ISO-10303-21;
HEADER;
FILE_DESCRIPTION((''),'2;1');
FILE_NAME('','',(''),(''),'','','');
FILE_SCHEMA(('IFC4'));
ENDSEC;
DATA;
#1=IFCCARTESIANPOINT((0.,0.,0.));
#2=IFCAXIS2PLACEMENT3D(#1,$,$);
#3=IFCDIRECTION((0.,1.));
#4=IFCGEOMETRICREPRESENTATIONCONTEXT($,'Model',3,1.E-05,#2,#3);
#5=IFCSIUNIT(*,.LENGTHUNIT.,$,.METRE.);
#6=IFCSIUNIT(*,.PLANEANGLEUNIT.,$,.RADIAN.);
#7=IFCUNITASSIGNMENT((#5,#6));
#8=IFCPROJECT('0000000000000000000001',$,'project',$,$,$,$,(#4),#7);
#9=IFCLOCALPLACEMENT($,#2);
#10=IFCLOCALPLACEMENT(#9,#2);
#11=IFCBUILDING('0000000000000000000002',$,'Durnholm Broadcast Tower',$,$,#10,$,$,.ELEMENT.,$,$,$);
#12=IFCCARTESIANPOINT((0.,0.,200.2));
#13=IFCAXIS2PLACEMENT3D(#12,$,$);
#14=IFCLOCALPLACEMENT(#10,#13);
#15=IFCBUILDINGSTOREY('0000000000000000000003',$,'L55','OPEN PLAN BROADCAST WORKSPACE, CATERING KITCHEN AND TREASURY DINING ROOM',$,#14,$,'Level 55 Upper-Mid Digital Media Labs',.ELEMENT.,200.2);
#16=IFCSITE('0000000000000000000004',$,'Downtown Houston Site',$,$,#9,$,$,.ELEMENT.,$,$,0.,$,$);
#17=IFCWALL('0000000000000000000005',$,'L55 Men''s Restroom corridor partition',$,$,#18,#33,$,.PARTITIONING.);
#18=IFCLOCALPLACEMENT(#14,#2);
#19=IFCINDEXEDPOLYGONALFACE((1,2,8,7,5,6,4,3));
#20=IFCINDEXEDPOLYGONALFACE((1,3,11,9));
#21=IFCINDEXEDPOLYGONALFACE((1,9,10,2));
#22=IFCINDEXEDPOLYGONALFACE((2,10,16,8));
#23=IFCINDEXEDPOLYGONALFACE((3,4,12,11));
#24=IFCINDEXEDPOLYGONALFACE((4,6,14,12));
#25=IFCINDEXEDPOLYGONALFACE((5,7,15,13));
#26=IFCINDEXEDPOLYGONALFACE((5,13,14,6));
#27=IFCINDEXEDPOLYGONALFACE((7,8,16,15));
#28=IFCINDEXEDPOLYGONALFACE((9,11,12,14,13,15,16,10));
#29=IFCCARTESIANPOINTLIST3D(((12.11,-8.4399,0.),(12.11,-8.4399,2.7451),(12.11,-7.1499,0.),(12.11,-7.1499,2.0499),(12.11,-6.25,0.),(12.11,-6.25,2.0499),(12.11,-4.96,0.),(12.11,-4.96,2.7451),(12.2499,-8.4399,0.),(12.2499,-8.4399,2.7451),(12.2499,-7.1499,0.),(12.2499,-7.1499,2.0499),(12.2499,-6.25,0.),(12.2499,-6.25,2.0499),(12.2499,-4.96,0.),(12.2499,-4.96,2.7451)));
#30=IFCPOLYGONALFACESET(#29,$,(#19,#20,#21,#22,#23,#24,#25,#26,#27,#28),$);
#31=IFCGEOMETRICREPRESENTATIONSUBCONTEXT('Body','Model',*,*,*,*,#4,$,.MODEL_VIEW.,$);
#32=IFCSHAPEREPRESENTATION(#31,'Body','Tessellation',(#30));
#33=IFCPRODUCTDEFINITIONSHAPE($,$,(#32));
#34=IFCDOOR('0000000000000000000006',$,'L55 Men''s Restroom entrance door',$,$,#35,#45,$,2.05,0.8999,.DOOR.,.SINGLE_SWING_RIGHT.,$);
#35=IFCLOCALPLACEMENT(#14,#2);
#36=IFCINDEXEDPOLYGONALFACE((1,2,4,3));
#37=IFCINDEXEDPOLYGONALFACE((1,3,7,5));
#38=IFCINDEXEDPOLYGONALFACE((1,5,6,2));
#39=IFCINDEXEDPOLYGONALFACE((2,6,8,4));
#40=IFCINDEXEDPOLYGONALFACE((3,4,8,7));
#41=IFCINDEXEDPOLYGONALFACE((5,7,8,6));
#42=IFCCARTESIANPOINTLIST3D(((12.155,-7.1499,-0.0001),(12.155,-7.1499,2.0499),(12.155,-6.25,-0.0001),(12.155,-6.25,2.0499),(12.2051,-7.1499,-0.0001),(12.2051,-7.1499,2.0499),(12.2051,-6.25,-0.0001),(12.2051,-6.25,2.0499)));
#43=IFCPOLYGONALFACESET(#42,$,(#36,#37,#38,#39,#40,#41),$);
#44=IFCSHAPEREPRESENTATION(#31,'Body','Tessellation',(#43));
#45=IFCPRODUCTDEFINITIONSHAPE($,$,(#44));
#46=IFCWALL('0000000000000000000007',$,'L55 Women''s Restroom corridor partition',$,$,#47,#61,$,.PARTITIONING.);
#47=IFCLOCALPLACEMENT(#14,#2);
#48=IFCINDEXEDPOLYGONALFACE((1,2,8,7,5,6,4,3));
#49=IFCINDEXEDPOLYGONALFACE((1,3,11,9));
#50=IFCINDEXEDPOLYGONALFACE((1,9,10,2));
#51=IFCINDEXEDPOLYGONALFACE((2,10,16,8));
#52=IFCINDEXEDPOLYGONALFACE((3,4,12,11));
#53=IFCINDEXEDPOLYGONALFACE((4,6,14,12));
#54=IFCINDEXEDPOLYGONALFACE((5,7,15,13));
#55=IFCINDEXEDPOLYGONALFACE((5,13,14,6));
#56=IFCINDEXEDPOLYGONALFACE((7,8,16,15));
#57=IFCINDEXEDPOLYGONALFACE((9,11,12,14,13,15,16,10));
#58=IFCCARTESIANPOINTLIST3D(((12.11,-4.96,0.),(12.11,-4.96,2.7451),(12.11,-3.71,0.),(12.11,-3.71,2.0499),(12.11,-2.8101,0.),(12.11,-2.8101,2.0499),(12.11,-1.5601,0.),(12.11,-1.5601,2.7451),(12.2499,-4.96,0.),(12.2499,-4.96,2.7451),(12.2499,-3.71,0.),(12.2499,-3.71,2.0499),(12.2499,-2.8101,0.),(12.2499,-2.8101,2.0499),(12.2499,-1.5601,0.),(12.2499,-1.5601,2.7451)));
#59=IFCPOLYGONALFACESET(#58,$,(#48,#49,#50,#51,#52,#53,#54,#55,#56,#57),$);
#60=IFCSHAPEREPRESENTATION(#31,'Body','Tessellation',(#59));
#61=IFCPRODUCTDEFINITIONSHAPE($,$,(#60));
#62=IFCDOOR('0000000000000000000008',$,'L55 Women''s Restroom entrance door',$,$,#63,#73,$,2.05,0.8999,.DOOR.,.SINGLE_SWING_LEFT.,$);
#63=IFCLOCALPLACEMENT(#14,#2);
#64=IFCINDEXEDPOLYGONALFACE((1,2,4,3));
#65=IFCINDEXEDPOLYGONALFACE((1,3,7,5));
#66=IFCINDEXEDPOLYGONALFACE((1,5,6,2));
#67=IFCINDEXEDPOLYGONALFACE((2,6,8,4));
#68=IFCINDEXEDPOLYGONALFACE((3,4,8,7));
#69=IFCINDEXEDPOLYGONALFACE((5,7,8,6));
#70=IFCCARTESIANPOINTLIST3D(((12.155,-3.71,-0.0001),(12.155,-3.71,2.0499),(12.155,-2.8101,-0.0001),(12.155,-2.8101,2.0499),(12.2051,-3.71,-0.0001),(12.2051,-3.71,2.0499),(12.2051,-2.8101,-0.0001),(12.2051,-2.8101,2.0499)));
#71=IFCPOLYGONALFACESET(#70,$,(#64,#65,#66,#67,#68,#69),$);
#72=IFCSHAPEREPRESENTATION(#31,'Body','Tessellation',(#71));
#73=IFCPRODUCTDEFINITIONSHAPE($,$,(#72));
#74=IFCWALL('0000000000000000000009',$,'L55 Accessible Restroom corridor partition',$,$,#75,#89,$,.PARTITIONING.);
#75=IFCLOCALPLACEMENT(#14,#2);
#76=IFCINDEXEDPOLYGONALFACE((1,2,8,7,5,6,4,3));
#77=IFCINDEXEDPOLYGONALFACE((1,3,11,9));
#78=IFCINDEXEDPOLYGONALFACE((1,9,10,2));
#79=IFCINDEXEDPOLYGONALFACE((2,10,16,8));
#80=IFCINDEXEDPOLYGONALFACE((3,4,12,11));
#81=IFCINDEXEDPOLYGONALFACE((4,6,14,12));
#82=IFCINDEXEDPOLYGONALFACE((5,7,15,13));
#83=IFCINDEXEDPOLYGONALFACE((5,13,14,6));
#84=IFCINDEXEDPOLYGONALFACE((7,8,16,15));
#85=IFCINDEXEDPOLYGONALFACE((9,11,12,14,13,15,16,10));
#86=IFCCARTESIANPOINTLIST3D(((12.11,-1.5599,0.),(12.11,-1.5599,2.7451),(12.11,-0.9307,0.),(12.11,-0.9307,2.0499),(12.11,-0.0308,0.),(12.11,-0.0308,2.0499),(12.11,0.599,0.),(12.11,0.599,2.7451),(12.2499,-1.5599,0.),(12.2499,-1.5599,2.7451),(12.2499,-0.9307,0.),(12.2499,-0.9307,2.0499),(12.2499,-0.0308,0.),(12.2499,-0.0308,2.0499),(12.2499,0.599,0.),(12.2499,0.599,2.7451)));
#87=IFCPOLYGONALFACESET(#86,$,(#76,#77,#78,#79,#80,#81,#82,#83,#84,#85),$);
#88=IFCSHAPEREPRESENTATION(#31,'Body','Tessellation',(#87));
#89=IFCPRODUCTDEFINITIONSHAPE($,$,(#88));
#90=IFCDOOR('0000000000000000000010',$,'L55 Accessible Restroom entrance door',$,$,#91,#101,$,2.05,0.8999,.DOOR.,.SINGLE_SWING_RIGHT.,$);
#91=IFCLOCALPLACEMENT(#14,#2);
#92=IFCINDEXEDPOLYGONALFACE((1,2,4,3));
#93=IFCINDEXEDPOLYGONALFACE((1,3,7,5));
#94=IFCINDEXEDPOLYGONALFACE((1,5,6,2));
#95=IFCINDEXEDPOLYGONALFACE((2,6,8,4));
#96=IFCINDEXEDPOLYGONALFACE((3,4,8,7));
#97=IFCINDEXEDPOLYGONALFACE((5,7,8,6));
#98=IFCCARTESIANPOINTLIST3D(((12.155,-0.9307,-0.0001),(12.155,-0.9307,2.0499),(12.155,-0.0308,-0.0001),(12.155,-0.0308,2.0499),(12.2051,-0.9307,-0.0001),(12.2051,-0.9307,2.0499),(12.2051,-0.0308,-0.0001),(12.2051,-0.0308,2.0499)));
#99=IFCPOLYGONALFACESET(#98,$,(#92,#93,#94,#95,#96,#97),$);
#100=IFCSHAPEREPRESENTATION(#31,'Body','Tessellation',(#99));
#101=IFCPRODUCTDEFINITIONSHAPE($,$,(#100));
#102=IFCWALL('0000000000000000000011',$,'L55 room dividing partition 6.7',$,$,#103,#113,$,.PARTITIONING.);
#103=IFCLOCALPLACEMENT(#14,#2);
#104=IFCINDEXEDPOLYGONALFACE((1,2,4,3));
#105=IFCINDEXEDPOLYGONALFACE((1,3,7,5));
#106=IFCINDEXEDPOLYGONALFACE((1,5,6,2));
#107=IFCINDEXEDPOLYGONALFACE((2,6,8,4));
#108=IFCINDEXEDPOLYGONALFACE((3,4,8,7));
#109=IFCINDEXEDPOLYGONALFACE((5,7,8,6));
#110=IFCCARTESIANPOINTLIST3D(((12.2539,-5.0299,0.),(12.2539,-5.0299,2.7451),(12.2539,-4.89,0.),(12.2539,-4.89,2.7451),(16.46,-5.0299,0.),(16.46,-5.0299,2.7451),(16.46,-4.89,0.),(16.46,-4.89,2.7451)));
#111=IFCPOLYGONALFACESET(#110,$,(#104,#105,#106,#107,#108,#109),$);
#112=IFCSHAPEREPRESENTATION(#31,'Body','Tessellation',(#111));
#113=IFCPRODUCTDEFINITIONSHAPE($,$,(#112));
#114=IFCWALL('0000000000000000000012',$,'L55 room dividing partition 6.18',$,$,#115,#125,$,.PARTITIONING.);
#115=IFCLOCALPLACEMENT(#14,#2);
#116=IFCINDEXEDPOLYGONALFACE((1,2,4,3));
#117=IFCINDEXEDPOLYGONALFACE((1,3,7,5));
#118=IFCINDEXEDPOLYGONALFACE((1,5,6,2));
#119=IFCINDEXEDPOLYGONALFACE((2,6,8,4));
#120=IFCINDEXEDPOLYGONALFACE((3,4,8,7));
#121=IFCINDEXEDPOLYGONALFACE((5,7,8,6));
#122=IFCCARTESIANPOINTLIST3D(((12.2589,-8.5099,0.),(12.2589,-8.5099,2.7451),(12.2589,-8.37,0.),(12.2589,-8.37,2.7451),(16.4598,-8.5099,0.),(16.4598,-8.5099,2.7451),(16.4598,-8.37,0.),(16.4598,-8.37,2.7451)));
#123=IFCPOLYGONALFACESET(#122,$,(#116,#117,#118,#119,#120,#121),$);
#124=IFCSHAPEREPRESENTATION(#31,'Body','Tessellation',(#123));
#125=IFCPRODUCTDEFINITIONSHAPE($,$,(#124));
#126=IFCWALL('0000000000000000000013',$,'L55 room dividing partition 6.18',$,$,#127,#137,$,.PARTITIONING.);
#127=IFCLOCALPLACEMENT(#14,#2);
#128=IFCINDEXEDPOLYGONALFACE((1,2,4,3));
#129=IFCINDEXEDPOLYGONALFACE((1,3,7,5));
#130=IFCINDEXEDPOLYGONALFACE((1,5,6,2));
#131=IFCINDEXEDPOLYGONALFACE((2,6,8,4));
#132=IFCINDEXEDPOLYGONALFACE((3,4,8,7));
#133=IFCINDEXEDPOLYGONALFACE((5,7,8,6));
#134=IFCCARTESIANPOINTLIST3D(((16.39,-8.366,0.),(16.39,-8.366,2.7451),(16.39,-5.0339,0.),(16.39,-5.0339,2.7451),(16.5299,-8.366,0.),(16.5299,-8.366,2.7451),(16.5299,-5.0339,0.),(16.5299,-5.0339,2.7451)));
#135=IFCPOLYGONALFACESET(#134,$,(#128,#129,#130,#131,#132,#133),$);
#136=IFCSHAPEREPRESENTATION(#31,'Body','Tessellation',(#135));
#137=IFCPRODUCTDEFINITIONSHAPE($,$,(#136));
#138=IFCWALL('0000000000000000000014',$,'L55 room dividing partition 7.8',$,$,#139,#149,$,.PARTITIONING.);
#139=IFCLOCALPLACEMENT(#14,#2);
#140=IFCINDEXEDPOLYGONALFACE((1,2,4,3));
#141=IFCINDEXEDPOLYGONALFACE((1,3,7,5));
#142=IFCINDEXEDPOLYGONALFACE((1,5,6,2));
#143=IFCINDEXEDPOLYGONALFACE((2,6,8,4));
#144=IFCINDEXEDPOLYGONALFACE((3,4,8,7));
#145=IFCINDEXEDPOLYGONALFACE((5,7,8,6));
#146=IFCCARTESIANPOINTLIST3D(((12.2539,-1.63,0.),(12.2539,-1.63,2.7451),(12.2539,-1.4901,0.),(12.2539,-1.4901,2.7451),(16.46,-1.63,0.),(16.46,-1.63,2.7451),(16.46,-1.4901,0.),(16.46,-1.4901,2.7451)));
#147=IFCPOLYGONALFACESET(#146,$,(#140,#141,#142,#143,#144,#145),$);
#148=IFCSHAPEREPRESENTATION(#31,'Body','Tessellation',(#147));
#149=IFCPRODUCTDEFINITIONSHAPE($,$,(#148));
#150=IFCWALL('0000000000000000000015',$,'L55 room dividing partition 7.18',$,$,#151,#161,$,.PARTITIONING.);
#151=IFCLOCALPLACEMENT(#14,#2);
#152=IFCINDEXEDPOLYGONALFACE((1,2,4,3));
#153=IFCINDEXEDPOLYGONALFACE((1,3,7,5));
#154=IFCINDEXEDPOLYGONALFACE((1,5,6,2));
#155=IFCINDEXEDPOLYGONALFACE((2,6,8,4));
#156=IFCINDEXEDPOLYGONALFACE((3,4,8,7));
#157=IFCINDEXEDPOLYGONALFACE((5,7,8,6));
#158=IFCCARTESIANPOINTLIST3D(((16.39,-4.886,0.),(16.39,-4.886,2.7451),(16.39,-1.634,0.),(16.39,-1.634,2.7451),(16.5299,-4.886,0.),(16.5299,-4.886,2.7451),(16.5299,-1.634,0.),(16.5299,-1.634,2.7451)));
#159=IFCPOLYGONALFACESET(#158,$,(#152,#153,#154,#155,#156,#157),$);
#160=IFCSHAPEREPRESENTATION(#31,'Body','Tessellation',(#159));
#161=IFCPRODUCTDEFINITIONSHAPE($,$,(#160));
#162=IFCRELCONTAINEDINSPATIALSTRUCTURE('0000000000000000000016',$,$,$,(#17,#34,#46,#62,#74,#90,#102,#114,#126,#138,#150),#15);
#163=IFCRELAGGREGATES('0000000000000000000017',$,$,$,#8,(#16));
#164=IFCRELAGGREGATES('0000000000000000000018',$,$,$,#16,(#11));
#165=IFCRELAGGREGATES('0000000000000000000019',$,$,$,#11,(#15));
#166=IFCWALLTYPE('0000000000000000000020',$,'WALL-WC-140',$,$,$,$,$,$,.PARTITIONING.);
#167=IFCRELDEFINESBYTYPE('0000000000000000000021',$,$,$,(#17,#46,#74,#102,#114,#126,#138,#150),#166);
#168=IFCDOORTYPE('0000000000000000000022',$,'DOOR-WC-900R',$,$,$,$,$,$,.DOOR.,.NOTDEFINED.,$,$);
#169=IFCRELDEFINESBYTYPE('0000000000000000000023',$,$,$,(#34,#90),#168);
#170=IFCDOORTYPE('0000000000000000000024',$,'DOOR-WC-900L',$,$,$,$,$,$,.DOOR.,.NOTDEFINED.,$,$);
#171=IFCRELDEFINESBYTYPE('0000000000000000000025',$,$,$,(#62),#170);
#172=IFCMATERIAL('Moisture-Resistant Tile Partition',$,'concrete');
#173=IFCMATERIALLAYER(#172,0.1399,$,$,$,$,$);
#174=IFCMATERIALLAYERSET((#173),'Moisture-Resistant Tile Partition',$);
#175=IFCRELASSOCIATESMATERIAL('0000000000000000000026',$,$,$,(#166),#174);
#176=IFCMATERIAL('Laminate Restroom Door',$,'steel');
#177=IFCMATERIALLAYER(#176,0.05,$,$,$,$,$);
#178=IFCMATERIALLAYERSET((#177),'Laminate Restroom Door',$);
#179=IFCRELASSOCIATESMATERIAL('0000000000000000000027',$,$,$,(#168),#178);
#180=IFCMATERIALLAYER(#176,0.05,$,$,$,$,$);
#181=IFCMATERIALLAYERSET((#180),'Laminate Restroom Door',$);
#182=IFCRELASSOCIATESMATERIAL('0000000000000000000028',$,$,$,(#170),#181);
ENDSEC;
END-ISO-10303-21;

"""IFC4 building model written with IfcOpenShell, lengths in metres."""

from ifc_helpers import new_model, si_unit, direction, frame, frame_2d, origin, place, context, subcontext, project, spatial, rectangle, extrude, source, transform, mapped, material, layer, layer_set, type_object, type_shapes, element, fill, save


model = new_model("IFC4")

# Units and contexts
model_context = context("Model", 3, precision=1e-05, world=origin(), true_north=direction((0.0, 1.0)))
body_context = subcontext(model_context, "Body", "Model", "MODEL_VIEW")
ifc_project = project(units=[si_unit("LENGTHUNIT", "METRE"), si_unit("PLANEANGLEUNIT", "RADIAN")], contexts=[model_context])

# Site, building, storey
site_placement = place(None, origin())
site = spatial("IfcSite", under=ifc_project, at=site_placement, Name="Downtown Houston Site", CompositionType="ELEMENT", RefElevation=0.0)
building_placement = place(site_placement, origin())
building = spatial("IfcBuilding", under=site, at=building_placement, Name="Durnholm Broadcast Tower", CompositionType="ELEMENT")
storey_placement = place(building_placement, frame((0.0, 0.0, 200.2)))
storey = spatial("IfcBuildingStorey", under=building, at=storey_placement, Name="L55", Description="OPEN PLAN BROADCAST WORKSPACE, CATERING KITCHEN AND TREASURY DINING ROOM", LongName="Level 55 Upper-Mid Digital Media Labs", CompositionType="ELEMENT", Elevation=200.2)

# Walls, openings, doors
ifc_material_1 = material(Name="Moisture-Resistant Tile Partition", Category="concrete")
ifc_layer_1 = layer(ifc_material_1, 0.1399)
ifc_layer_set_1 = layer_set([ifc_layer_1], Name="Moisture-Resistant Tile Partition")
wall_type_1 = type_object("IfcWallType", Name="WALL-WC-140", PredefinedType="PARTITIONING", material=ifc_layer_set_1)
wall_1_placement = place(storey_placement, frame((12.1799, -8.4399, 0.0), z_axis=(0.0, 0.0, 1.0), x_axis=(0.0, 1.0, 0.0)))
wall_1 = element("IfcWall", 1, at=wall_1_placement, inside=storey, type_object=wall_type_1, Name="L55 Men's Restroom corridor partition", PredefinedType="PARTITIONING", context=body_context, shape_type="SweptSolid", body=[
    extrude(rectangle(XDim=3.48, YDim=0.1399, at=frame_2d((1.74, 0.0))), origin(), (0.0, 0.0, 1.0), 2.7451),
])
opening_1_placement = place(wall_1_placement, frame((1.29, 0.0, 0.0)))
opening_1 = element("IfcOpeningElement", 2, at=opening_1_placement, cuts=wall_1, PredefinedType="OPENING", context=body_context, shape_type="SweptSolid", body=[
    extrude(rectangle(XDim=0.8999, YDim=2.05, at=frame_2d((0.45, 1.0249))), frame((0.0, 0.0801, 0.0), z_axis=(0.0, -1.0, 0.0), x_axis=(1.0, 0.0, 0.0)), (0.0, 0.0, 1.0), 0.1599),
])
ifc_material_2 = material(Name="Laminate Restroom Door", Category="steel")
ifc_layer_2 = layer(ifc_material_2, 0.05)
ifc_layer_set_2 = layer_set([ifc_layer_2], Name="Laminate Restroom Door")
door_type_1 = type_object("IfcDoorType", Name="DOOR-WC-900R", OperationType="NOTDEFINED", PredefinedType="DOOR", material=ifc_layer_set_2)
shared_shape_1 = source(origin(), body_context, "Body", "SweptSolid", [
    extrude(rectangle(XDim=0.8999, YDim=2.05, at=frame_2d((0.45, 1.0249))), frame((0.0, 0.0249, 0.0), z_axis=(0.0, -1.0, 0.0), x_axis=(1.0, 0.0, 0.0)), (0.0, 0.0, 1.0), 0.05),
])
type_shapes(door_type_1, [shared_shape_1])
door_1_placement = place(opening_1_placement, origin())
door_1 = element("IfcDoor", 3, at=door_1_placement, inside=storey, type_object=door_type_1, Name="L55 Men's Restroom entrance door", OperationType="SINGLE_SWING_RIGHT", OverallHeight=2.05, OverallWidth=0.8999, PredefinedType="DOOR", context=body_context, shape_type="MappedRepresentation", body=[
    mapped(shared_shape_1, transform((0.0, 0.0, 0.0), x_axis=(1.0, 0.0, 0.0), y_axis=(0.0, 1.0, 0.0), z_axis=(0.0, 0.0, 1.0), scale=1.0)),
])
fill(opening_1, door_1)
wall_2_placement = place(storey_placement, frame((12.1799, -4.96, 0.0), z_axis=(0.0, 0.0, 1.0), x_axis=(0.0, 1.0, 0.0)))
wall_2 = element("IfcWall", 4, at=wall_2_placement, inside=storey, type_object=wall_type_1, Name="L55 Women's Restroom corridor partition", PredefinedType="PARTITIONING", context=body_context, shape_type="SweptSolid", body=[
    extrude(rectangle(XDim=3.3999, YDim=0.1399, at=frame_2d((1.7, 0.0))), origin(), (0.0, 0.0, 1.0), 2.7451),
])
opening_2_placement = place(wall_2_placement, frame((1.25, 0.0, 0.0)))
opening_2 = element("IfcOpeningElement", 5, at=opening_2_placement, cuts=wall_2, PredefinedType="OPENING", context=body_context, shape_type="SweptSolid", body=[
    extrude(rectangle(XDim=0.8999, YDim=2.05, at=frame_2d((0.45, 1.0249))), frame((0.0, 0.0801, 0.0), z_axis=(0.0, -1.0, 0.0), x_axis=(1.0, 0.0, 0.0)), (0.0, 0.0, 1.0), 0.1599),
])
ifc_layer_3 = layer(ifc_material_2, 0.05)
ifc_layer_set_3 = layer_set([ifc_layer_3], Name="Laminate Restroom Door")
door_type_2 = type_object("IfcDoorType", Name="DOOR-WC-900L", OperationType="NOTDEFINED", PredefinedType="DOOR", material=ifc_layer_set_3)
shared_shape_2 = source(origin(), body_context, "Body", "SweptSolid", [
    extrude(rectangle(XDim=0.8999, YDim=2.05, at=frame_2d((0.45, 1.0249))), frame((0.0, 0.0249, 0.0), z_axis=(0.0, -1.0, 0.0), x_axis=(1.0, 0.0, 0.0)), (0.0, 0.0, 1.0), 0.05),
])
type_shapes(door_type_2, [shared_shape_2])
door_2_placement = place(opening_2_placement, origin())
door_2 = element("IfcDoor", 6, at=door_2_placement, inside=storey, type_object=door_type_2, Name="L55 Women's Restroom entrance door", OperationType="SINGLE_SWING_LEFT", OverallHeight=2.05, OverallWidth=0.8999, PredefinedType="DOOR", context=body_context, shape_type="MappedRepresentation", body=[
    mapped(shared_shape_2, transform((0.0, 0.0, 0.0), x_axis=(1.0, 0.0, 0.0), y_axis=(0.0, 1.0, 0.0), z_axis=(0.0, 0.0, 1.0), scale=1.0)),
])
fill(opening_2, door_2)
wall_3_placement = place(storey_placement, frame((12.1799, -1.5601, 0.0), z_axis=(0.0, 0.0, 1.0), x_axis=(0.0, 1.0, 0.0)))
wall_3 = element("IfcWall", 7, at=wall_3_placement, inside=storey, type_object=wall_type_1, Name="L55 Accessible Restroom corridor partition", PredefinedType="PARTITIONING", context=body_context, shape_type="SweptSolid", body=[
    extrude(rectangle(XDim=2.1589, YDim=0.1399, at=frame_2d((1.0796, 0.0))), origin(), (0.0, 0.0, 1.0), 2.7451),
])
opening_3_placement = place(wall_3_placement, frame((0.6294, 0.0, 0.0)))
opening_3 = element("IfcOpeningElement", 8, at=opening_3_placement, cuts=wall_3, PredefinedType="OPENING", context=body_context, shape_type="SweptSolid", body=[
    extrude(rectangle(XDim=0.8999, YDim=2.05, at=frame_2d((0.45, 1.0249))), frame((0.0, 0.0801, 0.0), z_axis=(0.0, -1.0, 0.0), x_axis=(1.0, 0.0, 0.0)), (0.0, 0.0, 1.0), 0.1599),
])
door_3_placement = place(opening_3_placement, origin())
door_3 = element("IfcDoor", 9, at=door_3_placement, inside=storey, type_object=door_type_1, Name="L55 Accessible Restroom entrance door", OperationType="SINGLE_SWING_RIGHT", OverallHeight=2.05, OverallWidth=0.8999, PredefinedType="DOOR", context=body_context, shape_type="MappedRepresentation", body=[
    mapped(shared_shape_1, transform((0.0, 0.0, 0.0), x_axis=(1.0, 0.0, 0.0), y_axis=(0.0, 1.0, 0.0), z_axis=(0.0, 0.0, 1.0), scale=1.0)),
])
fill(opening_3, door_3)

# Walls
wall_4_placement = place(storey_placement, frame((12.2539, -4.96, 0.0), z_axis=(0.0, 0.0, 1.0), x_axis=(1.0, 0.0, 0.0)))
element("IfcWall", 10, at=wall_4_placement, inside=storey, type_object=wall_type_1, Name="L55 room dividing partition 6.7", PredefinedType="PARTITIONING", context=body_context, shape_type="SweptSolid", body=[
    extrude(rectangle(XDim=4.2061, YDim=0.1399, at=frame_2d((2.103, 0.0))), origin(), (0.0, 0.0, 1.0), 2.7451),
])
wall_5_placement = place(storey_placement, frame((16.46, -8.4399, 0.0), z_axis=(0.0, 0.0, 1.0), x_axis=(-1.0, 0.0, 0.0)))
element("IfcWall", 11, at=wall_5_placement, inside=storey, type_object=wall_type_1, Name="L55 room dividing partition 6.18", PredefinedType="PARTITIONING", context=body_context, shape_type="SweptSolid", body=[
    extrude(rectangle(XDim=4.2009, YDim=0.1399, at=frame_2d((2.1006, 0.0))), origin(), (0.0, 0.0, 1.0), 2.7451),
])
wall_6_placement = place(storey_placement, frame((16.46, -5.0339, 0.0), z_axis=(0.0, 0.0, 1.0), x_axis=(0.0, -1.0, 0.0)))
element("IfcWall", 12, at=wall_6_placement, inside=storey, type_object=wall_type_1, Name="L55 room dividing partition 6.18", PredefinedType="PARTITIONING", context=body_context, shape_type="SweptSolid", body=[
    extrude(rectangle(XDim=3.332, YDim=0.1399, at=frame_2d((1.666, 0.0))), origin(), (0.0, 0.0, 1.0), 2.7451),
])
wall_7_placement = place(storey_placement, frame((12.2539, -1.5601, 0.0), z_axis=(0.0, 0.0, 1.0), x_axis=(1.0, 0.0, 0.0)))
element("IfcWall", 13, at=wall_7_placement, inside=storey, type_object=wall_type_1, Name="L55 room dividing partition 7.8", PredefinedType="PARTITIONING", context=body_context, shape_type="SweptSolid", body=[
    extrude(rectangle(XDim=4.2061, YDim=0.1399, at=frame_2d((2.103, 0.0))), origin(), (0.0, 0.0, 1.0), 2.7451),
])
wall_8_placement = place(storey_placement, frame((16.46, -1.634, 0.0), z_axis=(0.0, 0.0, 1.0), x_axis=(0.0, -1.0, 0.0)))
element("IfcWall", 14, at=wall_8_placement, inside=storey, type_object=wall_type_1, Name="L55 room dividing partition 7.18", PredefinedType="PARTITIONING", context=body_context, shape_type="SweptSolid", body=[
    extrude(rectangle(XDim=3.252, YDim=0.1399, at=frame_2d((1.626, 0.0))), origin(), (0.0, 0.0, 1.0), 2.7451),
])

save(model, "model.ifc")
